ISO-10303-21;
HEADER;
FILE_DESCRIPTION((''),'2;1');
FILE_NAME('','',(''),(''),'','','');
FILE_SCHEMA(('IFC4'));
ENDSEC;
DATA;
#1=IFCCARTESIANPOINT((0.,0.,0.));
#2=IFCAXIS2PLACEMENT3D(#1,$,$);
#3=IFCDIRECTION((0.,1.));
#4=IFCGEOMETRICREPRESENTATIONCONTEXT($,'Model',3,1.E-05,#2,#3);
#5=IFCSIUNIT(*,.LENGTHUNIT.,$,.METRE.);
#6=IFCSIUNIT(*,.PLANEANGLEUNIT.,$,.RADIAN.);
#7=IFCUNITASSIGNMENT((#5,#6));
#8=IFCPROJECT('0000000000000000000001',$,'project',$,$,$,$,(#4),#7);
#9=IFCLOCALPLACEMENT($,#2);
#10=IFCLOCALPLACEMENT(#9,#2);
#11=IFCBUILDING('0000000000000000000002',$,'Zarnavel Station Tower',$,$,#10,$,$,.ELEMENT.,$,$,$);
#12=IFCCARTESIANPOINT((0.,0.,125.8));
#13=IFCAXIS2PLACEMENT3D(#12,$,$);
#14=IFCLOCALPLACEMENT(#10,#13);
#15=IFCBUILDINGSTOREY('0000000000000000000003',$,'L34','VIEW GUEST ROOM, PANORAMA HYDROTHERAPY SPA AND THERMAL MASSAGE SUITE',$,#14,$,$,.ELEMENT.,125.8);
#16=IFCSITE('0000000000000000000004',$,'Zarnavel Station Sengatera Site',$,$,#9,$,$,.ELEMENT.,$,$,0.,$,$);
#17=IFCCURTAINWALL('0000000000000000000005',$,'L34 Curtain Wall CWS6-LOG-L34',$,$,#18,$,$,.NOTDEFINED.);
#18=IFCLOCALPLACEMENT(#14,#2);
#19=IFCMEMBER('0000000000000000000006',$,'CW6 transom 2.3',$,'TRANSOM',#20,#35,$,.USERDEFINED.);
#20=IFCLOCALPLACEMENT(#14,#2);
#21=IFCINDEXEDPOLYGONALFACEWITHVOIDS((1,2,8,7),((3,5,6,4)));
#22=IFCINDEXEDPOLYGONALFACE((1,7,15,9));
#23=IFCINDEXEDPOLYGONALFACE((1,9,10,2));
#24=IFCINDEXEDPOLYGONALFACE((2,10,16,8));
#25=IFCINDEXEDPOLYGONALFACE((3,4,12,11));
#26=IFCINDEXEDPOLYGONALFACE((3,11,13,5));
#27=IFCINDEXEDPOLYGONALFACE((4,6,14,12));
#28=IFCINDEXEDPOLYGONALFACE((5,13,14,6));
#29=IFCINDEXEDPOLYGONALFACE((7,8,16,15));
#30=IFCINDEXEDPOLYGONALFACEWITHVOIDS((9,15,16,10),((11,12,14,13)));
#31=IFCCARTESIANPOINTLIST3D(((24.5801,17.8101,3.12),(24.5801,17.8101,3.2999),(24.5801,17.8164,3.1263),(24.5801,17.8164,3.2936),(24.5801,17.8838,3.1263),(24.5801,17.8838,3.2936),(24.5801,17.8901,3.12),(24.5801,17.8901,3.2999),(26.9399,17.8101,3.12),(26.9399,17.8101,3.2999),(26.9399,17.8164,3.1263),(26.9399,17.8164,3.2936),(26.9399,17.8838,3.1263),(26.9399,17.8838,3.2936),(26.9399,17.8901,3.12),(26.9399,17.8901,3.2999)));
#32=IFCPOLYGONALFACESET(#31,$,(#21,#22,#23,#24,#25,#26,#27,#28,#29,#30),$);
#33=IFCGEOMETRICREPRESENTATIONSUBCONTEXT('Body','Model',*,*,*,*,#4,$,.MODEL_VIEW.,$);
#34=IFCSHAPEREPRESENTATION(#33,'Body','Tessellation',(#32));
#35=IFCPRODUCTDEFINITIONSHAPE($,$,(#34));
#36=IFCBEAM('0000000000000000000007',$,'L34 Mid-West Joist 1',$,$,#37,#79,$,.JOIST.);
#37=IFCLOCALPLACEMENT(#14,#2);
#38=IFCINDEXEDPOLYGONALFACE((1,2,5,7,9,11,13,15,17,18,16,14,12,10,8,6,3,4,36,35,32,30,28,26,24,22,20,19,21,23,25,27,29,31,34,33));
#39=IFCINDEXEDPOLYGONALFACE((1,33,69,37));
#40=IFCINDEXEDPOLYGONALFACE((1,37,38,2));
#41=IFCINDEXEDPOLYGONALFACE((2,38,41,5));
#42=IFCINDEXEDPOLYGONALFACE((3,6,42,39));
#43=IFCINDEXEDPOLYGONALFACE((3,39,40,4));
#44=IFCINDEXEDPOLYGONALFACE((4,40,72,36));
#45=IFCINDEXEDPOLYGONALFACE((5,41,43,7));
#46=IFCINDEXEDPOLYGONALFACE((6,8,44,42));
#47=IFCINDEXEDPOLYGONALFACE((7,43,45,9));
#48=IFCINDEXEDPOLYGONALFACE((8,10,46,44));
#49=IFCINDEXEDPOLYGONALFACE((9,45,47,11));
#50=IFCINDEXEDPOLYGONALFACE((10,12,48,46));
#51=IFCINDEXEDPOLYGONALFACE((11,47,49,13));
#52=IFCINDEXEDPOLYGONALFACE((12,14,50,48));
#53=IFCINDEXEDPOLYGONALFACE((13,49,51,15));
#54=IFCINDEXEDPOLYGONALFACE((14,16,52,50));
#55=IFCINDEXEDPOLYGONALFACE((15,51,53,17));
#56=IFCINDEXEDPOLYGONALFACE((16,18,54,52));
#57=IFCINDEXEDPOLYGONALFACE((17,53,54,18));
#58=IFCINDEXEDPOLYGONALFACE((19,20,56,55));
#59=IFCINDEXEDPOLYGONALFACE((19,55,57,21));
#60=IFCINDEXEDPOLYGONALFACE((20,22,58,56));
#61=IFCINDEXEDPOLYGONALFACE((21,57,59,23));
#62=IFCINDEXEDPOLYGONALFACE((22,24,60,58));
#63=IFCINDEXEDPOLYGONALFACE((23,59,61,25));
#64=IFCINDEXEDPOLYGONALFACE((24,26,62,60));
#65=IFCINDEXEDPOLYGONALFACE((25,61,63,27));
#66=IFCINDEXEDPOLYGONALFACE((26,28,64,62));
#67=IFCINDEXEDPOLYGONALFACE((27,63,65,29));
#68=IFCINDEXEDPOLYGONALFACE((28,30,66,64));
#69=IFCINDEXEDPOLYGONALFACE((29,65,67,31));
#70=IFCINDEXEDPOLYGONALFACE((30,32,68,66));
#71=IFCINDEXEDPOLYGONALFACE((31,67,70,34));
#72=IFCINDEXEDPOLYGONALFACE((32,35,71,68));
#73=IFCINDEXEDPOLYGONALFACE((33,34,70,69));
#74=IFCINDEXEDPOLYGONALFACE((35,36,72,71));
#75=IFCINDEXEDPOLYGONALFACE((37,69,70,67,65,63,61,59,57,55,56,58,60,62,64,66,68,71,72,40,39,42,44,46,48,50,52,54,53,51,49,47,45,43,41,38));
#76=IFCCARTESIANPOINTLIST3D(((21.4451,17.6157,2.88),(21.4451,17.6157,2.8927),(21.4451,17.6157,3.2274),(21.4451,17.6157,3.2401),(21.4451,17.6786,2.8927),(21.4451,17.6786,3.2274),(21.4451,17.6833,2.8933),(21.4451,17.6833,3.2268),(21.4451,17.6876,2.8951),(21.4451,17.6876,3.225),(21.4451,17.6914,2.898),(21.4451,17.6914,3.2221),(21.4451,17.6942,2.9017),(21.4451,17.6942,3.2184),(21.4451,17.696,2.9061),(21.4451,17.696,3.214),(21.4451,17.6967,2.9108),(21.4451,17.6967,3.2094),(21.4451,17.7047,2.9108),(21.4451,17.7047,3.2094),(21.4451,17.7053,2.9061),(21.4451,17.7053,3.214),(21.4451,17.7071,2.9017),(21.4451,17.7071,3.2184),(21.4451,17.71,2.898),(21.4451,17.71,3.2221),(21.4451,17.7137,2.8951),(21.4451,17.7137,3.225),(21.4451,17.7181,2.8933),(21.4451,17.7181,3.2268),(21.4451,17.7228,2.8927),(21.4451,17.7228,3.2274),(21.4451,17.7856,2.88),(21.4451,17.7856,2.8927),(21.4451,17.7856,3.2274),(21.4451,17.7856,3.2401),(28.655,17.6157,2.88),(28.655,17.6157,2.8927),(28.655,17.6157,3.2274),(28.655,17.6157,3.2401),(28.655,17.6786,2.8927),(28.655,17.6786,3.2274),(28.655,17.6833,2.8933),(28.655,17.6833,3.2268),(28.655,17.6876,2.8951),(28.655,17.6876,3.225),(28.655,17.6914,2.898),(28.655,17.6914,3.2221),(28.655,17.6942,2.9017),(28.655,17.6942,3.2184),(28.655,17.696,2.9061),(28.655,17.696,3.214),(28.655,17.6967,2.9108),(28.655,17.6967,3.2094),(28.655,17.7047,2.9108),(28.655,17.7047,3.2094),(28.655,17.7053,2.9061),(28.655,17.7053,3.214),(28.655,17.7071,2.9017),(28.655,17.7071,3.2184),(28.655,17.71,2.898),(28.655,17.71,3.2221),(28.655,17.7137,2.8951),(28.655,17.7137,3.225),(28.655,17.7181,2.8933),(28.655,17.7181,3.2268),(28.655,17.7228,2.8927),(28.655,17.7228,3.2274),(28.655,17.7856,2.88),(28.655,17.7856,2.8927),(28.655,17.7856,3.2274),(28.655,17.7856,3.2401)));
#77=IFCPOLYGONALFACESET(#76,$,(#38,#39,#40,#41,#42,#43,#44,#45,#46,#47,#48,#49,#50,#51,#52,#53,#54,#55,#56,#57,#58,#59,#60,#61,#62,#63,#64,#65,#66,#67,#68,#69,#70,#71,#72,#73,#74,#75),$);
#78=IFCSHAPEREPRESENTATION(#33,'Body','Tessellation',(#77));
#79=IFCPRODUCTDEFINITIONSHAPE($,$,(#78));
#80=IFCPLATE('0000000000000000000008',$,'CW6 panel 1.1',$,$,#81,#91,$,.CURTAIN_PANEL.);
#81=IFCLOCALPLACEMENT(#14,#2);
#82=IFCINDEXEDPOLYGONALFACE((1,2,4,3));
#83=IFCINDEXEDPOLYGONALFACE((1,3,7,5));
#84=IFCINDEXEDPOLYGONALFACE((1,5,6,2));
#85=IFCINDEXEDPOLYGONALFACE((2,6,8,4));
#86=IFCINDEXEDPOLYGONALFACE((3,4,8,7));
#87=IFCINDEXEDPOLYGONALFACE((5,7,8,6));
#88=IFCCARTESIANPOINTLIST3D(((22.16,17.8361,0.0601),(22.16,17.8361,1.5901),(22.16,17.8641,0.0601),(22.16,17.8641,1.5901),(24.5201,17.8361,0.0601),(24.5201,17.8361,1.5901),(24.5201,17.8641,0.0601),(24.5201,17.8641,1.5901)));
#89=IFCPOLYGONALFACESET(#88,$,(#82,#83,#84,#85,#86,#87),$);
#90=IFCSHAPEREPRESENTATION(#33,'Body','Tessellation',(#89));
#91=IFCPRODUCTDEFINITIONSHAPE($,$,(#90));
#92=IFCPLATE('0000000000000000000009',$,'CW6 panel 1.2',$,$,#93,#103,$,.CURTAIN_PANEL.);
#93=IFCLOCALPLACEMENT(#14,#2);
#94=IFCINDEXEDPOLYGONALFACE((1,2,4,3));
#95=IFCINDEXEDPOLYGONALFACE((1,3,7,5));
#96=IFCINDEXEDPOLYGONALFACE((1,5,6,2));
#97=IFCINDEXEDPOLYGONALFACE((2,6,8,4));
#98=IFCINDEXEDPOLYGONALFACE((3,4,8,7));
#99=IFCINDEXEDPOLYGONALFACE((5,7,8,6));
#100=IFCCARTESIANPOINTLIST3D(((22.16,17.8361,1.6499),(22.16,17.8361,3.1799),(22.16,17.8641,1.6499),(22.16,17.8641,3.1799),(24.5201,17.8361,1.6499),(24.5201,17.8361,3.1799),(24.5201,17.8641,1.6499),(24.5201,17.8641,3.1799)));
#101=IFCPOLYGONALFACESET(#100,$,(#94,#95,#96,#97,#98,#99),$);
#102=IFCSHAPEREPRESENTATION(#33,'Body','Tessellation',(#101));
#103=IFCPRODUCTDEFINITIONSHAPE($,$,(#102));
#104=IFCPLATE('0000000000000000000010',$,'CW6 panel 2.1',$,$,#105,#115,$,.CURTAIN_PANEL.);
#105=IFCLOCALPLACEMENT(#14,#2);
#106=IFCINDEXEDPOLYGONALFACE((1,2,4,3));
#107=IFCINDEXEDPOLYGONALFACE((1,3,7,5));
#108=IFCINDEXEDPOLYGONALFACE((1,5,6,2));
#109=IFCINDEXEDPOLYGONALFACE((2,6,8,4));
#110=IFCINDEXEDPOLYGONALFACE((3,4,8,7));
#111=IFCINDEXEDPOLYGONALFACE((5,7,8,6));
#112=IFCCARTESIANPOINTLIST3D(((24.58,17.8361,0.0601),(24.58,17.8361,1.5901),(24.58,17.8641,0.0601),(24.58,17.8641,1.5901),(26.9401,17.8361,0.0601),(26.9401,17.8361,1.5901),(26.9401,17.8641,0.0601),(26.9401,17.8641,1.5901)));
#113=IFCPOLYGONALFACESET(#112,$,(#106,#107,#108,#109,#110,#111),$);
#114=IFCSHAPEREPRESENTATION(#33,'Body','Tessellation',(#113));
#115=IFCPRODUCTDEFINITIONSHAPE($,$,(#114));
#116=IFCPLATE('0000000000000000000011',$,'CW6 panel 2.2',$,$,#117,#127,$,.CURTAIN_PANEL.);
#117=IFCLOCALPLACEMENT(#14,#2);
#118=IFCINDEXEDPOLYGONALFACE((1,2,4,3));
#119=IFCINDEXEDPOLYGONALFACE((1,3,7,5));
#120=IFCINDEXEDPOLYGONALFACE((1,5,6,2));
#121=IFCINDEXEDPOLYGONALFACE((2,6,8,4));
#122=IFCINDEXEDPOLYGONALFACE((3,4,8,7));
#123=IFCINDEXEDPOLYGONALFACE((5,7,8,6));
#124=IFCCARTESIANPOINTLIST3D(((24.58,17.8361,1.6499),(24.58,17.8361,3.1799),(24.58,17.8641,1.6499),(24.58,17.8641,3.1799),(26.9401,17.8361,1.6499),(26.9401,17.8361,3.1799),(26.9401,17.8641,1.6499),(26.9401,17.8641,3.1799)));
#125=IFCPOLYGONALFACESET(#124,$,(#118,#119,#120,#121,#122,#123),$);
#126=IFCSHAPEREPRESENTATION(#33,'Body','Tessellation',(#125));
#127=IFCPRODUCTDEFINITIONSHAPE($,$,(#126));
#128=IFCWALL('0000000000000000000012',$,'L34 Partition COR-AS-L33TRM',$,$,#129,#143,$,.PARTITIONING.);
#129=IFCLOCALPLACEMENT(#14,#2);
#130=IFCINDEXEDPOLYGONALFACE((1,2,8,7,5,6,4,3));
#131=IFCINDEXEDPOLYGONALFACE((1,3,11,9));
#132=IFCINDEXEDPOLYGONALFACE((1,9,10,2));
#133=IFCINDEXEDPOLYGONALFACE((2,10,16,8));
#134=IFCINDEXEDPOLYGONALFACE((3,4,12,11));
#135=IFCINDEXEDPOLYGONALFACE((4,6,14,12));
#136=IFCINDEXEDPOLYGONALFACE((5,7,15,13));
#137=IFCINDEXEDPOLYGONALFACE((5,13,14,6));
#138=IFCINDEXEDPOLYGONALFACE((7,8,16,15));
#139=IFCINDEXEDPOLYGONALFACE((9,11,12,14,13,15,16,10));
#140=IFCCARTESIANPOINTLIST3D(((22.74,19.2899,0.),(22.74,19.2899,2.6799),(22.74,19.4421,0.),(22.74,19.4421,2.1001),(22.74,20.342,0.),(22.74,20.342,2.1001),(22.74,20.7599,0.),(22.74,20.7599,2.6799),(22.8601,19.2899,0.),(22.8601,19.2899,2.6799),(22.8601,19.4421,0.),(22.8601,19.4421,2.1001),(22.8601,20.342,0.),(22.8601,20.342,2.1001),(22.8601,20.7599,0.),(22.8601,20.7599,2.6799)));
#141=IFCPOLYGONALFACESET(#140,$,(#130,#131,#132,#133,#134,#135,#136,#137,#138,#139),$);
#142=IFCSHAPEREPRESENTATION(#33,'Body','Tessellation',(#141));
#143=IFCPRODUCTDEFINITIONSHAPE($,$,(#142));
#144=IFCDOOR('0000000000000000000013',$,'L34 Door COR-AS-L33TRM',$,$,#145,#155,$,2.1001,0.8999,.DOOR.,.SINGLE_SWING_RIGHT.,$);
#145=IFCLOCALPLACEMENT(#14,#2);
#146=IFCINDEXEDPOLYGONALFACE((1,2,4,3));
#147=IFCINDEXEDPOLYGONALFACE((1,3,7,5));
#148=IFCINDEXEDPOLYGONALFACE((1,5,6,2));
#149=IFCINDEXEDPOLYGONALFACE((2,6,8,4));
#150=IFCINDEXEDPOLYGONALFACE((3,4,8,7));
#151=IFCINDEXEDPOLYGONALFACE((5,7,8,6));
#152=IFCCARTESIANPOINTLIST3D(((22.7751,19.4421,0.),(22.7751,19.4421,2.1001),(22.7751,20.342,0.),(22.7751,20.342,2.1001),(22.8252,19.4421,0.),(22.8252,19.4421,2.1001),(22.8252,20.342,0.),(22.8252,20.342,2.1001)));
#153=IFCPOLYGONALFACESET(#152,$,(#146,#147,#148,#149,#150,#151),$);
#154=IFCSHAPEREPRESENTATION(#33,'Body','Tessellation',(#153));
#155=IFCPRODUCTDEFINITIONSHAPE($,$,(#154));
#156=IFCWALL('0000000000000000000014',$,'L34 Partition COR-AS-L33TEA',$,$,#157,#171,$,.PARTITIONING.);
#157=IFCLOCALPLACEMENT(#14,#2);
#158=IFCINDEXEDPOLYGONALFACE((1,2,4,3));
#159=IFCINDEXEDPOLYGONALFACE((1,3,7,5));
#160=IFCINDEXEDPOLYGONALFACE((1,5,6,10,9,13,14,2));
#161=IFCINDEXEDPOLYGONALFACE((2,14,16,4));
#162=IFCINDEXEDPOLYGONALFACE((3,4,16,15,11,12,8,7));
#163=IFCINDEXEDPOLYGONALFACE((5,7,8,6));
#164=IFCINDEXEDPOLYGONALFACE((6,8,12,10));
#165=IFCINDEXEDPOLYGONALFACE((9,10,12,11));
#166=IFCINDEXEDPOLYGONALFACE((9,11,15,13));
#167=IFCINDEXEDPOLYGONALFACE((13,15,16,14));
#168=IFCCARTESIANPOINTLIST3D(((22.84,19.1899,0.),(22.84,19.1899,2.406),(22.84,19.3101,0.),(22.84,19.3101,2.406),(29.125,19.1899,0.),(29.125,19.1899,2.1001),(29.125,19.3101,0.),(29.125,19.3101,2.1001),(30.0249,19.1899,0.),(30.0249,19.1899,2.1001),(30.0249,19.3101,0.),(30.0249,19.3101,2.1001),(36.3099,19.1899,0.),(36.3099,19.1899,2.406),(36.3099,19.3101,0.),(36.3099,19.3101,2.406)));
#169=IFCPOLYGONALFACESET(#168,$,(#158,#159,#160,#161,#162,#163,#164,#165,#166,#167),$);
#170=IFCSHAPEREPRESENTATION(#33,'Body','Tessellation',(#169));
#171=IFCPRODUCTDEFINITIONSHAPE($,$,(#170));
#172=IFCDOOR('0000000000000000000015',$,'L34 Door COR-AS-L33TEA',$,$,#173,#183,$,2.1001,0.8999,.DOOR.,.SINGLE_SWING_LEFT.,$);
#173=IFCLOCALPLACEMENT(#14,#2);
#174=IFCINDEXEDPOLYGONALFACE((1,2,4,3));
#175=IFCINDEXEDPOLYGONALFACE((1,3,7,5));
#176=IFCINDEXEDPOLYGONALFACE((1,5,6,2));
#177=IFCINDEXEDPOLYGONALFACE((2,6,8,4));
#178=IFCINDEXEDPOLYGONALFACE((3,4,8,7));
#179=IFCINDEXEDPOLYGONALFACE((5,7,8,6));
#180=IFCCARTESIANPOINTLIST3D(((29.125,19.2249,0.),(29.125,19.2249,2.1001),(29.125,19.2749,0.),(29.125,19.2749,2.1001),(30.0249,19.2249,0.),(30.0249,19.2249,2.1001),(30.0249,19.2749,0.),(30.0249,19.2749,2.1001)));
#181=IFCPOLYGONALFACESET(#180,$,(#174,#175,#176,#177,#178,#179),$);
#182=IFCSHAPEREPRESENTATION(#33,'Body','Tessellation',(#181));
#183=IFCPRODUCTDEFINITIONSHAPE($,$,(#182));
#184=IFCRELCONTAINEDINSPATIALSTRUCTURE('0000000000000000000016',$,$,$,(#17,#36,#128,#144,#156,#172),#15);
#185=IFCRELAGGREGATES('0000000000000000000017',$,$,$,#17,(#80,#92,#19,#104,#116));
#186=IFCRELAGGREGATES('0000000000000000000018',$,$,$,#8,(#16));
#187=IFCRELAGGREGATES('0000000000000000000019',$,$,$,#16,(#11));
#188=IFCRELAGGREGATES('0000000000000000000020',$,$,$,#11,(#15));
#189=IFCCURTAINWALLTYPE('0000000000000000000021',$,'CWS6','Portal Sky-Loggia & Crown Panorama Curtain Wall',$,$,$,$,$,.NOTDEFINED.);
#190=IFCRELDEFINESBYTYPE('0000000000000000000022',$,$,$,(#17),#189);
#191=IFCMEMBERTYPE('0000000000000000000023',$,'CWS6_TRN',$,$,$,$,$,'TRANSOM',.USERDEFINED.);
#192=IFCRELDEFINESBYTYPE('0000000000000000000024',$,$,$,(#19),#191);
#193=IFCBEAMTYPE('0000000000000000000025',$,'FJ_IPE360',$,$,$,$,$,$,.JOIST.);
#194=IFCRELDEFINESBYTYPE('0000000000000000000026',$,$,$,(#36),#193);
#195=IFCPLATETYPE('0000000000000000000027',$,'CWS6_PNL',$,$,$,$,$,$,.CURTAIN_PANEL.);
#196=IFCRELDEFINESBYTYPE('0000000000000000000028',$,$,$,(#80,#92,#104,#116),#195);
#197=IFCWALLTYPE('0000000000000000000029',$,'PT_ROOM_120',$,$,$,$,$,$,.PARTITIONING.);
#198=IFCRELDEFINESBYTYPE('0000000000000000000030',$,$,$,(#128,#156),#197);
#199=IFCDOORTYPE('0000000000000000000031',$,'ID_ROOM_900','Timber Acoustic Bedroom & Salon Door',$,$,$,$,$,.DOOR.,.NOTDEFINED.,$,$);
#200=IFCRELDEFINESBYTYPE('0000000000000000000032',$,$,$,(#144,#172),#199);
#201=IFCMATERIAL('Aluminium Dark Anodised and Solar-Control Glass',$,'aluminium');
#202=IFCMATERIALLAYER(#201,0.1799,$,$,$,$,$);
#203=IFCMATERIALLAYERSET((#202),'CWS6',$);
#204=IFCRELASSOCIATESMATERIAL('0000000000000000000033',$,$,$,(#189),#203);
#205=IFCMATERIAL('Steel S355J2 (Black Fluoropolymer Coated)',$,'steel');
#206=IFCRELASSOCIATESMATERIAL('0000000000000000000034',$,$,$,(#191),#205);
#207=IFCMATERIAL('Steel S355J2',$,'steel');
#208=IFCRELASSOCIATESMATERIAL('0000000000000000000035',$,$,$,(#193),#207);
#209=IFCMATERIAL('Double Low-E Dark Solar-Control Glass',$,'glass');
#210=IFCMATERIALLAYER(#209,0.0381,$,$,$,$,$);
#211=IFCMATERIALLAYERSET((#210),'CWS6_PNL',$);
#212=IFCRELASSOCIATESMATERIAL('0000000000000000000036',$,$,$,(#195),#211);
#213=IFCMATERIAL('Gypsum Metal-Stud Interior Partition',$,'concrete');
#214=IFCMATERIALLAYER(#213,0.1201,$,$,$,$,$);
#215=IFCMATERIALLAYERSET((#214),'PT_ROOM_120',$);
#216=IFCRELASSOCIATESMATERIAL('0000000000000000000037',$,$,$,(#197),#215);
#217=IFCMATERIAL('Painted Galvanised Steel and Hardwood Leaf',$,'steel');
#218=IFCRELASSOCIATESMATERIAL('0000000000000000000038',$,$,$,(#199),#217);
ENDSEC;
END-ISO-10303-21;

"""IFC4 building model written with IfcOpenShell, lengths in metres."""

from ifc_helpers import new_model, si_unit, direction, frame, frame_2d, origin, origin_2d, place, context, subcontext, project, spatial, rectangle, hollow_rectangle, i_section, extrude, material, layer, layer_set, material_profile, profile_set, type_object, element, fill, aggregate, save


model = new_model("IFC4")

# Units and contexts
model_context = context("Model", 3, precision=1e-05, world=origin(), true_north=direction((0.0, 1.0)))
body_context = subcontext(model_context, "Body", "Model", "MODEL_VIEW")
ifc_project = project(units=[si_unit("LENGTHUNIT", "METRE"), si_unit("PLANEANGLEUNIT", "RADIAN")], contexts=[model_context])

# Site, building, storey
site_placement = place(None, origin())
site = spatial("IfcSite", under=ifc_project, at=site_placement, Name="Zarnavel Station Sengatera Site", CompositionType="ELEMENT", RefElevation=0.0)
building_placement = place(site_placement, origin())
building = spatial("IfcBuilding", under=site, at=building_placement, Name="Zarnavel Station Tower", CompositionType="ELEMENT")
storey_placement = place(building_placement, frame((0.0, 0.0, 125.8)))
storey = spatial("IfcBuildingStorey", under=building, at=storey_placement, Name="L34", Description="VIEW GUEST ROOM, PANORAMA HYDROTHERAPY SPA AND THERMAL MASSAGE SUITE", CompositionType="ELEMENT", Elevation=125.8)

# Curtain wall, member
ifc_material_1 = material(Name="Aluminium Dark Anodised and Solar-Control Glass", Category="aluminium")
ifc_layer_1 = layer(ifc_material_1, 0.1799)
ifc_layer_set_1 = layer_set([ifc_layer_1], Name="CWS6")
curtain_wall_type_1 = type_object("IfcCurtainWallType", Name="CWS6", Description="Portal Sky-Loggia & Crown Panorama Curtain Wall", PredefinedType="NOTDEFINED", material=ifc_layer_set_1)
curtain_wall_1_placement = place(storey_placement, origin())
curtain_wall_1 = element("IfcCurtainWall", 1, at=curtain_wall_1_placement, inside=storey, type_object=curtain_wall_type_1, Name="L34 Curtain Wall CWS6-LOG-L34", PredefinedType="NOTDEFINED")
ifc_material_2 = material(Name="Steel S355J2 (Black Fluoropolymer Coated)", Category="steel")
ifc_material_profile_1 = material_profile(ifc_material_2, hollow_rectangle(XDim=0.0801, YDim=0.1799, WallThickness=0.0063, at=origin_2d()), Name="RHS180x80x6.3")
ifc_profile_set_1 = profile_set([ifc_material_profile_1], Name="Steel S355J2 (Black Fluoropolymer Coated)")
member_type_1 = type_object("IfcMemberType", Name="CWS6_TRN", ElementType="TRANSOM", PredefinedType="USERDEFINED", material=ifc_profile_set_1)
member_1_placement = place(storey_placement, frame((24.5801, 17.8501, 3.21), z_axis=(1.0, 0.0, 0.0), x_axis=(0.0, 1.0, 0.0)))
member_1 = element("IfcMember", 2, at=member_1_placement, type_object=member_type_1, Name="CW6 transom 2.3", ObjectType="TRANSOM", PredefinedType="USERDEFINED", context=body_context, shape_type="SweptSolid", body=[
    extrude(hollow_rectangle(XDim=0.0801, YDim=0.1799, WallThickness=0.0063, at=origin_2d()), origin(), (0.0, 0.0, 1.0), 2.3599),
])

# Beam
ifc_material_3 = material(Name="Steel S355J2", Category="steel")
ifc_material_profile_2 = material_profile(ifc_material_3, i_section(OverallWidth=0.1699, OverallDepth=0.3601, WebThickness=0.0081, FlangeThickness=0.0127, FilletRadius=0.0181, at=origin_2d()), Name="IPE360")
ifc_profile_set_2 = profile_set([ifc_material_profile_2], Name="Steel S355J2")
beam_type = type_object("IfcBeamType", Name="FJ_IPE360", PredefinedType="JOIST", material=ifc_profile_set_2)
beam_placement = place(storey_placement, frame((21.4451, 17.7007, 3.0601), z_axis=(1.0, 0.0, 0.0), x_axis=(0.0, 1.0, 0.0)))
element("IfcBeam", 3, at=beam_placement, inside=storey, type_object=beam_type, Name="L34 Mid-West Joist 1", PredefinedType="JOIST", context=body_context, shape_type="SweptSolid", body=[
    extrude(i_section(OverallWidth=0.1699, OverallDepth=0.3601, WebThickness=0.0081, FlangeThickness=0.0127, FilletRadius=0.0181, at=origin_2d()), origin(), (0.0, 0.0, 1.0), 7.21),
])

# Plates
ifc_material_4 = material(Name="Double Low-E Dark Solar-Control Glass", Category="glass")
ifc_layer_2 = layer(ifc_material_4, 0.0381)
ifc_layer_set_2 = layer_set([ifc_layer_2], Name="CWS6_PNL")
plate_type = type_object("IfcPlateType", Name="CWS6_PNL", PredefinedType="CURTAIN_PANEL", material=ifc_layer_set_2)
plate_1_placement = place(storey_placement, frame((23.3401, 17.8501, 0.0601), z_axis=(0.0, 0.0, 1.0), x_axis=(1.0, 0.0, 0.0)))
plate_1 = element("IfcPlate", 4, at=plate_1_placement, type_object=plate_type, Name="CW6 panel 1.1", PredefinedType="CURTAIN_PANEL", context=body_context, shape_type="SweptSolid", body=[
    extrude(rectangle(XDim=2.3601, YDim=0.0281, at=origin_2d()), origin(), (0.0, 0.0, 1.0), 1.53),
])
plate_2_placement = place(storey_placement, frame((23.3401, 17.8501, 1.6499), z_axis=(0.0, 0.0, 1.0), x_axis=(1.0, 0.0, 0.0)))
plate_2 = element("IfcPlate", 5, at=plate_2_placement, type_object=plate_type, Name="CW6 panel 1.2", PredefinedType="CURTAIN_PANEL", context=body_context, shape_type="SweptSolid", body=[
    extrude(rectangle(XDim=2.3601, YDim=0.0281, at=origin_2d()), origin(), (0.0, 0.0, 1.0), 1.53),
])
plate_3_placement = place(storey_placement, frame((25.76, 17.8501, 0.0601), z_axis=(0.0, 0.0, 1.0), x_axis=(1.0, 0.0, 0.0)))
plate_3 = element("IfcPlate", 6, at=plate_3_placement, type_object=plate_type, Name="CW6 panel 2.1", PredefinedType="CURTAIN_PANEL", context=body_context, shape_type="SweptSolid", body=[
    extrude(rectangle(XDim=2.3601, YDim=0.0281, at=origin_2d()), origin(), (0.0, 0.0, 1.0), 1.53),
])
plate_4_placement = place(storey_placement, frame((25.76, 17.8501, 1.6499), z_axis=(0.0, 0.0, 1.0), x_axis=(1.0, 0.0, 0.0)))
plate_4 = element("IfcPlate", 7, at=plate_4_placement, type_object=plate_type, Name="CW6 panel 2.2", PredefinedType="CURTAIN_PANEL", context=body_context, shape_type="SweptSolid", body=[
    extrude(rectangle(XDim=2.3601, YDim=0.0281, at=origin_2d()), origin(), (0.0, 0.0, 1.0), 1.53),
])
aggregate(curtain_wall_1, [plate_1, plate_2, member_1, plate_3, plate_4])

# Walls, openings, doors
ifc_material_5 = material(Name="Gypsum Metal-Stud Interior Partition", Category="concrete")
ifc_layer_3 = layer(ifc_material_5, 0.1201)
ifc_layer_set_3 = layer_set([ifc_layer_3], Name="PT_ROOM_120")
wall_type = type_object("IfcWallType", Name="PT_ROOM_120", PredefinedType="PARTITIONING", material=ifc_layer_set_3)
wall_1_placement = place(storey_placement, frame((22.8, 19.29, 0.0), z_axis=(0.0, 0.0, 1.0), x_axis=(0.0, 1.0, 0.0)))
wall_1 = element("IfcWall", 8, at=wall_1_placement, inside=storey, type_object=wall_type, Name="L34 Partition COR-AS-L33TRM", PredefinedType="PARTITIONING", context=body_context, shape_type="SweptSolid", body=[
    extrude(rectangle(XDim=1.47, YDim=0.1201, at=frame_2d((0.7349, 0.0))), origin(), (0.0, 0.0, 1.0), 2.6799),
])
opening_1_placement = place(wall_1_placement, frame((0.1521, 0.0, 0.0)))
opening_1 = element("IfcOpeningElement", 9, at=opening_1_placement, cuts=wall_1, PredefinedType="OPENING", context=body_context, shape_type="SweptSolid", body=[
    extrude(rectangle(XDim=0.8999, YDim=2.1001, at=frame_2d((0.45, 1.05))), frame((0.0, 0.0701, 0.0), z_axis=(0.0, -1.0, 0.0), x_axis=(1.0, 0.0, 0.0)), (0.0, 0.0, 1.0), 0.1401),
])
ifc_material_6 = material(Name="Painted Galvanised Steel and Hardwood Leaf", Category="steel")
door_type = type_object("IfcDoorType", Name="ID_ROOM_900", Description="Timber Acoustic Bedroom & Salon Door", OperationType="NOTDEFINED", PredefinedType="DOOR", material=ifc_material_6)
door_1_placement = place(opening_1_placement, origin())
door_1 = element("IfcDoor", 10, at=door_1_placement, inside=storey, type_object=door_type, Name="L34 Door COR-AS-L33TRM", OperationType="SINGLE_SWING_RIGHT", OverallHeight=2.1001, OverallWidth=0.8999, PredefinedType="DOOR", context=body_context, shape_type="SweptSolid", body=[
    extrude(rectangle(XDim=0.8999, YDim=2.1001, at=frame_2d((0.45, 1.05))), frame((0.0, 0.0249, 0.0), z_axis=(0.0, -1.0, 0.0), x_axis=(1.0, 0.0, 0.0)), (0.0, 0.0, 1.0), 0.05),
])
fill(opening_1, door_1)
wall_2_placement = place(storey_placement, frame((22.8401, 19.25, 0.0), z_axis=(0.0, 0.0, 1.0), x_axis=(1.0, 0.0, 0.0)))
wall_2 = element("IfcWall", 11, at=wall_2_placement, inside=storey, type_object=wall_type, Name="L34 Partition COR-AS-L33TEA", PredefinedType="PARTITIONING", context=body_context, shape_type="SweptSolid", body=[
    extrude(rectangle(XDim=13.47, YDim=0.1201, at=frame_2d((6.7349, 0.0))), origin(), (0.0, 0.0, 1.0), 2.406),
])
opening_2_placement = place(wall_2_placement, frame((6.2849, 0.0, 0.0)))
opening_2 = element("IfcOpeningElement", 12, at=opening_2_placement, cuts=wall_2, PredefinedType="OPENING", context=body_context, shape_type="SweptSolid", body=[
    extrude(rectangle(XDim=0.8999, YDim=2.1001, at=frame_2d((0.45, 1.05))), frame((0.0, 0.0701, 0.0), z_axis=(0.0, -1.0, 0.0), x_axis=(1.0, 0.0, 0.0)), (0.0, 0.0, 1.0), 0.1401),
])
door_2_placement = place(opening_2_placement, origin())
door_2 = element("IfcDoor", 13, at=door_2_placement, inside=storey, type_object=door_type, Name="L34 Door COR-AS-L33TEA", OperationType="SINGLE_SWING_LEFT", OverallHeight=2.1001, OverallWidth=0.8999, PredefinedType="DOOR", context=body_context, shape_type="SweptSolid", body=[
    extrude(rectangle(XDim=0.8999, YDim=2.1001, at=frame_2d((0.45, 1.05))), frame((0.0, 0.0249, 0.0), z_axis=(0.0, -1.0, 0.0), x_axis=(1.0, 0.0, 0.0)), (0.0, 0.0, 1.0), 0.05),
])
fill(opening_2, door_2)

save(model, "model.ifc")
